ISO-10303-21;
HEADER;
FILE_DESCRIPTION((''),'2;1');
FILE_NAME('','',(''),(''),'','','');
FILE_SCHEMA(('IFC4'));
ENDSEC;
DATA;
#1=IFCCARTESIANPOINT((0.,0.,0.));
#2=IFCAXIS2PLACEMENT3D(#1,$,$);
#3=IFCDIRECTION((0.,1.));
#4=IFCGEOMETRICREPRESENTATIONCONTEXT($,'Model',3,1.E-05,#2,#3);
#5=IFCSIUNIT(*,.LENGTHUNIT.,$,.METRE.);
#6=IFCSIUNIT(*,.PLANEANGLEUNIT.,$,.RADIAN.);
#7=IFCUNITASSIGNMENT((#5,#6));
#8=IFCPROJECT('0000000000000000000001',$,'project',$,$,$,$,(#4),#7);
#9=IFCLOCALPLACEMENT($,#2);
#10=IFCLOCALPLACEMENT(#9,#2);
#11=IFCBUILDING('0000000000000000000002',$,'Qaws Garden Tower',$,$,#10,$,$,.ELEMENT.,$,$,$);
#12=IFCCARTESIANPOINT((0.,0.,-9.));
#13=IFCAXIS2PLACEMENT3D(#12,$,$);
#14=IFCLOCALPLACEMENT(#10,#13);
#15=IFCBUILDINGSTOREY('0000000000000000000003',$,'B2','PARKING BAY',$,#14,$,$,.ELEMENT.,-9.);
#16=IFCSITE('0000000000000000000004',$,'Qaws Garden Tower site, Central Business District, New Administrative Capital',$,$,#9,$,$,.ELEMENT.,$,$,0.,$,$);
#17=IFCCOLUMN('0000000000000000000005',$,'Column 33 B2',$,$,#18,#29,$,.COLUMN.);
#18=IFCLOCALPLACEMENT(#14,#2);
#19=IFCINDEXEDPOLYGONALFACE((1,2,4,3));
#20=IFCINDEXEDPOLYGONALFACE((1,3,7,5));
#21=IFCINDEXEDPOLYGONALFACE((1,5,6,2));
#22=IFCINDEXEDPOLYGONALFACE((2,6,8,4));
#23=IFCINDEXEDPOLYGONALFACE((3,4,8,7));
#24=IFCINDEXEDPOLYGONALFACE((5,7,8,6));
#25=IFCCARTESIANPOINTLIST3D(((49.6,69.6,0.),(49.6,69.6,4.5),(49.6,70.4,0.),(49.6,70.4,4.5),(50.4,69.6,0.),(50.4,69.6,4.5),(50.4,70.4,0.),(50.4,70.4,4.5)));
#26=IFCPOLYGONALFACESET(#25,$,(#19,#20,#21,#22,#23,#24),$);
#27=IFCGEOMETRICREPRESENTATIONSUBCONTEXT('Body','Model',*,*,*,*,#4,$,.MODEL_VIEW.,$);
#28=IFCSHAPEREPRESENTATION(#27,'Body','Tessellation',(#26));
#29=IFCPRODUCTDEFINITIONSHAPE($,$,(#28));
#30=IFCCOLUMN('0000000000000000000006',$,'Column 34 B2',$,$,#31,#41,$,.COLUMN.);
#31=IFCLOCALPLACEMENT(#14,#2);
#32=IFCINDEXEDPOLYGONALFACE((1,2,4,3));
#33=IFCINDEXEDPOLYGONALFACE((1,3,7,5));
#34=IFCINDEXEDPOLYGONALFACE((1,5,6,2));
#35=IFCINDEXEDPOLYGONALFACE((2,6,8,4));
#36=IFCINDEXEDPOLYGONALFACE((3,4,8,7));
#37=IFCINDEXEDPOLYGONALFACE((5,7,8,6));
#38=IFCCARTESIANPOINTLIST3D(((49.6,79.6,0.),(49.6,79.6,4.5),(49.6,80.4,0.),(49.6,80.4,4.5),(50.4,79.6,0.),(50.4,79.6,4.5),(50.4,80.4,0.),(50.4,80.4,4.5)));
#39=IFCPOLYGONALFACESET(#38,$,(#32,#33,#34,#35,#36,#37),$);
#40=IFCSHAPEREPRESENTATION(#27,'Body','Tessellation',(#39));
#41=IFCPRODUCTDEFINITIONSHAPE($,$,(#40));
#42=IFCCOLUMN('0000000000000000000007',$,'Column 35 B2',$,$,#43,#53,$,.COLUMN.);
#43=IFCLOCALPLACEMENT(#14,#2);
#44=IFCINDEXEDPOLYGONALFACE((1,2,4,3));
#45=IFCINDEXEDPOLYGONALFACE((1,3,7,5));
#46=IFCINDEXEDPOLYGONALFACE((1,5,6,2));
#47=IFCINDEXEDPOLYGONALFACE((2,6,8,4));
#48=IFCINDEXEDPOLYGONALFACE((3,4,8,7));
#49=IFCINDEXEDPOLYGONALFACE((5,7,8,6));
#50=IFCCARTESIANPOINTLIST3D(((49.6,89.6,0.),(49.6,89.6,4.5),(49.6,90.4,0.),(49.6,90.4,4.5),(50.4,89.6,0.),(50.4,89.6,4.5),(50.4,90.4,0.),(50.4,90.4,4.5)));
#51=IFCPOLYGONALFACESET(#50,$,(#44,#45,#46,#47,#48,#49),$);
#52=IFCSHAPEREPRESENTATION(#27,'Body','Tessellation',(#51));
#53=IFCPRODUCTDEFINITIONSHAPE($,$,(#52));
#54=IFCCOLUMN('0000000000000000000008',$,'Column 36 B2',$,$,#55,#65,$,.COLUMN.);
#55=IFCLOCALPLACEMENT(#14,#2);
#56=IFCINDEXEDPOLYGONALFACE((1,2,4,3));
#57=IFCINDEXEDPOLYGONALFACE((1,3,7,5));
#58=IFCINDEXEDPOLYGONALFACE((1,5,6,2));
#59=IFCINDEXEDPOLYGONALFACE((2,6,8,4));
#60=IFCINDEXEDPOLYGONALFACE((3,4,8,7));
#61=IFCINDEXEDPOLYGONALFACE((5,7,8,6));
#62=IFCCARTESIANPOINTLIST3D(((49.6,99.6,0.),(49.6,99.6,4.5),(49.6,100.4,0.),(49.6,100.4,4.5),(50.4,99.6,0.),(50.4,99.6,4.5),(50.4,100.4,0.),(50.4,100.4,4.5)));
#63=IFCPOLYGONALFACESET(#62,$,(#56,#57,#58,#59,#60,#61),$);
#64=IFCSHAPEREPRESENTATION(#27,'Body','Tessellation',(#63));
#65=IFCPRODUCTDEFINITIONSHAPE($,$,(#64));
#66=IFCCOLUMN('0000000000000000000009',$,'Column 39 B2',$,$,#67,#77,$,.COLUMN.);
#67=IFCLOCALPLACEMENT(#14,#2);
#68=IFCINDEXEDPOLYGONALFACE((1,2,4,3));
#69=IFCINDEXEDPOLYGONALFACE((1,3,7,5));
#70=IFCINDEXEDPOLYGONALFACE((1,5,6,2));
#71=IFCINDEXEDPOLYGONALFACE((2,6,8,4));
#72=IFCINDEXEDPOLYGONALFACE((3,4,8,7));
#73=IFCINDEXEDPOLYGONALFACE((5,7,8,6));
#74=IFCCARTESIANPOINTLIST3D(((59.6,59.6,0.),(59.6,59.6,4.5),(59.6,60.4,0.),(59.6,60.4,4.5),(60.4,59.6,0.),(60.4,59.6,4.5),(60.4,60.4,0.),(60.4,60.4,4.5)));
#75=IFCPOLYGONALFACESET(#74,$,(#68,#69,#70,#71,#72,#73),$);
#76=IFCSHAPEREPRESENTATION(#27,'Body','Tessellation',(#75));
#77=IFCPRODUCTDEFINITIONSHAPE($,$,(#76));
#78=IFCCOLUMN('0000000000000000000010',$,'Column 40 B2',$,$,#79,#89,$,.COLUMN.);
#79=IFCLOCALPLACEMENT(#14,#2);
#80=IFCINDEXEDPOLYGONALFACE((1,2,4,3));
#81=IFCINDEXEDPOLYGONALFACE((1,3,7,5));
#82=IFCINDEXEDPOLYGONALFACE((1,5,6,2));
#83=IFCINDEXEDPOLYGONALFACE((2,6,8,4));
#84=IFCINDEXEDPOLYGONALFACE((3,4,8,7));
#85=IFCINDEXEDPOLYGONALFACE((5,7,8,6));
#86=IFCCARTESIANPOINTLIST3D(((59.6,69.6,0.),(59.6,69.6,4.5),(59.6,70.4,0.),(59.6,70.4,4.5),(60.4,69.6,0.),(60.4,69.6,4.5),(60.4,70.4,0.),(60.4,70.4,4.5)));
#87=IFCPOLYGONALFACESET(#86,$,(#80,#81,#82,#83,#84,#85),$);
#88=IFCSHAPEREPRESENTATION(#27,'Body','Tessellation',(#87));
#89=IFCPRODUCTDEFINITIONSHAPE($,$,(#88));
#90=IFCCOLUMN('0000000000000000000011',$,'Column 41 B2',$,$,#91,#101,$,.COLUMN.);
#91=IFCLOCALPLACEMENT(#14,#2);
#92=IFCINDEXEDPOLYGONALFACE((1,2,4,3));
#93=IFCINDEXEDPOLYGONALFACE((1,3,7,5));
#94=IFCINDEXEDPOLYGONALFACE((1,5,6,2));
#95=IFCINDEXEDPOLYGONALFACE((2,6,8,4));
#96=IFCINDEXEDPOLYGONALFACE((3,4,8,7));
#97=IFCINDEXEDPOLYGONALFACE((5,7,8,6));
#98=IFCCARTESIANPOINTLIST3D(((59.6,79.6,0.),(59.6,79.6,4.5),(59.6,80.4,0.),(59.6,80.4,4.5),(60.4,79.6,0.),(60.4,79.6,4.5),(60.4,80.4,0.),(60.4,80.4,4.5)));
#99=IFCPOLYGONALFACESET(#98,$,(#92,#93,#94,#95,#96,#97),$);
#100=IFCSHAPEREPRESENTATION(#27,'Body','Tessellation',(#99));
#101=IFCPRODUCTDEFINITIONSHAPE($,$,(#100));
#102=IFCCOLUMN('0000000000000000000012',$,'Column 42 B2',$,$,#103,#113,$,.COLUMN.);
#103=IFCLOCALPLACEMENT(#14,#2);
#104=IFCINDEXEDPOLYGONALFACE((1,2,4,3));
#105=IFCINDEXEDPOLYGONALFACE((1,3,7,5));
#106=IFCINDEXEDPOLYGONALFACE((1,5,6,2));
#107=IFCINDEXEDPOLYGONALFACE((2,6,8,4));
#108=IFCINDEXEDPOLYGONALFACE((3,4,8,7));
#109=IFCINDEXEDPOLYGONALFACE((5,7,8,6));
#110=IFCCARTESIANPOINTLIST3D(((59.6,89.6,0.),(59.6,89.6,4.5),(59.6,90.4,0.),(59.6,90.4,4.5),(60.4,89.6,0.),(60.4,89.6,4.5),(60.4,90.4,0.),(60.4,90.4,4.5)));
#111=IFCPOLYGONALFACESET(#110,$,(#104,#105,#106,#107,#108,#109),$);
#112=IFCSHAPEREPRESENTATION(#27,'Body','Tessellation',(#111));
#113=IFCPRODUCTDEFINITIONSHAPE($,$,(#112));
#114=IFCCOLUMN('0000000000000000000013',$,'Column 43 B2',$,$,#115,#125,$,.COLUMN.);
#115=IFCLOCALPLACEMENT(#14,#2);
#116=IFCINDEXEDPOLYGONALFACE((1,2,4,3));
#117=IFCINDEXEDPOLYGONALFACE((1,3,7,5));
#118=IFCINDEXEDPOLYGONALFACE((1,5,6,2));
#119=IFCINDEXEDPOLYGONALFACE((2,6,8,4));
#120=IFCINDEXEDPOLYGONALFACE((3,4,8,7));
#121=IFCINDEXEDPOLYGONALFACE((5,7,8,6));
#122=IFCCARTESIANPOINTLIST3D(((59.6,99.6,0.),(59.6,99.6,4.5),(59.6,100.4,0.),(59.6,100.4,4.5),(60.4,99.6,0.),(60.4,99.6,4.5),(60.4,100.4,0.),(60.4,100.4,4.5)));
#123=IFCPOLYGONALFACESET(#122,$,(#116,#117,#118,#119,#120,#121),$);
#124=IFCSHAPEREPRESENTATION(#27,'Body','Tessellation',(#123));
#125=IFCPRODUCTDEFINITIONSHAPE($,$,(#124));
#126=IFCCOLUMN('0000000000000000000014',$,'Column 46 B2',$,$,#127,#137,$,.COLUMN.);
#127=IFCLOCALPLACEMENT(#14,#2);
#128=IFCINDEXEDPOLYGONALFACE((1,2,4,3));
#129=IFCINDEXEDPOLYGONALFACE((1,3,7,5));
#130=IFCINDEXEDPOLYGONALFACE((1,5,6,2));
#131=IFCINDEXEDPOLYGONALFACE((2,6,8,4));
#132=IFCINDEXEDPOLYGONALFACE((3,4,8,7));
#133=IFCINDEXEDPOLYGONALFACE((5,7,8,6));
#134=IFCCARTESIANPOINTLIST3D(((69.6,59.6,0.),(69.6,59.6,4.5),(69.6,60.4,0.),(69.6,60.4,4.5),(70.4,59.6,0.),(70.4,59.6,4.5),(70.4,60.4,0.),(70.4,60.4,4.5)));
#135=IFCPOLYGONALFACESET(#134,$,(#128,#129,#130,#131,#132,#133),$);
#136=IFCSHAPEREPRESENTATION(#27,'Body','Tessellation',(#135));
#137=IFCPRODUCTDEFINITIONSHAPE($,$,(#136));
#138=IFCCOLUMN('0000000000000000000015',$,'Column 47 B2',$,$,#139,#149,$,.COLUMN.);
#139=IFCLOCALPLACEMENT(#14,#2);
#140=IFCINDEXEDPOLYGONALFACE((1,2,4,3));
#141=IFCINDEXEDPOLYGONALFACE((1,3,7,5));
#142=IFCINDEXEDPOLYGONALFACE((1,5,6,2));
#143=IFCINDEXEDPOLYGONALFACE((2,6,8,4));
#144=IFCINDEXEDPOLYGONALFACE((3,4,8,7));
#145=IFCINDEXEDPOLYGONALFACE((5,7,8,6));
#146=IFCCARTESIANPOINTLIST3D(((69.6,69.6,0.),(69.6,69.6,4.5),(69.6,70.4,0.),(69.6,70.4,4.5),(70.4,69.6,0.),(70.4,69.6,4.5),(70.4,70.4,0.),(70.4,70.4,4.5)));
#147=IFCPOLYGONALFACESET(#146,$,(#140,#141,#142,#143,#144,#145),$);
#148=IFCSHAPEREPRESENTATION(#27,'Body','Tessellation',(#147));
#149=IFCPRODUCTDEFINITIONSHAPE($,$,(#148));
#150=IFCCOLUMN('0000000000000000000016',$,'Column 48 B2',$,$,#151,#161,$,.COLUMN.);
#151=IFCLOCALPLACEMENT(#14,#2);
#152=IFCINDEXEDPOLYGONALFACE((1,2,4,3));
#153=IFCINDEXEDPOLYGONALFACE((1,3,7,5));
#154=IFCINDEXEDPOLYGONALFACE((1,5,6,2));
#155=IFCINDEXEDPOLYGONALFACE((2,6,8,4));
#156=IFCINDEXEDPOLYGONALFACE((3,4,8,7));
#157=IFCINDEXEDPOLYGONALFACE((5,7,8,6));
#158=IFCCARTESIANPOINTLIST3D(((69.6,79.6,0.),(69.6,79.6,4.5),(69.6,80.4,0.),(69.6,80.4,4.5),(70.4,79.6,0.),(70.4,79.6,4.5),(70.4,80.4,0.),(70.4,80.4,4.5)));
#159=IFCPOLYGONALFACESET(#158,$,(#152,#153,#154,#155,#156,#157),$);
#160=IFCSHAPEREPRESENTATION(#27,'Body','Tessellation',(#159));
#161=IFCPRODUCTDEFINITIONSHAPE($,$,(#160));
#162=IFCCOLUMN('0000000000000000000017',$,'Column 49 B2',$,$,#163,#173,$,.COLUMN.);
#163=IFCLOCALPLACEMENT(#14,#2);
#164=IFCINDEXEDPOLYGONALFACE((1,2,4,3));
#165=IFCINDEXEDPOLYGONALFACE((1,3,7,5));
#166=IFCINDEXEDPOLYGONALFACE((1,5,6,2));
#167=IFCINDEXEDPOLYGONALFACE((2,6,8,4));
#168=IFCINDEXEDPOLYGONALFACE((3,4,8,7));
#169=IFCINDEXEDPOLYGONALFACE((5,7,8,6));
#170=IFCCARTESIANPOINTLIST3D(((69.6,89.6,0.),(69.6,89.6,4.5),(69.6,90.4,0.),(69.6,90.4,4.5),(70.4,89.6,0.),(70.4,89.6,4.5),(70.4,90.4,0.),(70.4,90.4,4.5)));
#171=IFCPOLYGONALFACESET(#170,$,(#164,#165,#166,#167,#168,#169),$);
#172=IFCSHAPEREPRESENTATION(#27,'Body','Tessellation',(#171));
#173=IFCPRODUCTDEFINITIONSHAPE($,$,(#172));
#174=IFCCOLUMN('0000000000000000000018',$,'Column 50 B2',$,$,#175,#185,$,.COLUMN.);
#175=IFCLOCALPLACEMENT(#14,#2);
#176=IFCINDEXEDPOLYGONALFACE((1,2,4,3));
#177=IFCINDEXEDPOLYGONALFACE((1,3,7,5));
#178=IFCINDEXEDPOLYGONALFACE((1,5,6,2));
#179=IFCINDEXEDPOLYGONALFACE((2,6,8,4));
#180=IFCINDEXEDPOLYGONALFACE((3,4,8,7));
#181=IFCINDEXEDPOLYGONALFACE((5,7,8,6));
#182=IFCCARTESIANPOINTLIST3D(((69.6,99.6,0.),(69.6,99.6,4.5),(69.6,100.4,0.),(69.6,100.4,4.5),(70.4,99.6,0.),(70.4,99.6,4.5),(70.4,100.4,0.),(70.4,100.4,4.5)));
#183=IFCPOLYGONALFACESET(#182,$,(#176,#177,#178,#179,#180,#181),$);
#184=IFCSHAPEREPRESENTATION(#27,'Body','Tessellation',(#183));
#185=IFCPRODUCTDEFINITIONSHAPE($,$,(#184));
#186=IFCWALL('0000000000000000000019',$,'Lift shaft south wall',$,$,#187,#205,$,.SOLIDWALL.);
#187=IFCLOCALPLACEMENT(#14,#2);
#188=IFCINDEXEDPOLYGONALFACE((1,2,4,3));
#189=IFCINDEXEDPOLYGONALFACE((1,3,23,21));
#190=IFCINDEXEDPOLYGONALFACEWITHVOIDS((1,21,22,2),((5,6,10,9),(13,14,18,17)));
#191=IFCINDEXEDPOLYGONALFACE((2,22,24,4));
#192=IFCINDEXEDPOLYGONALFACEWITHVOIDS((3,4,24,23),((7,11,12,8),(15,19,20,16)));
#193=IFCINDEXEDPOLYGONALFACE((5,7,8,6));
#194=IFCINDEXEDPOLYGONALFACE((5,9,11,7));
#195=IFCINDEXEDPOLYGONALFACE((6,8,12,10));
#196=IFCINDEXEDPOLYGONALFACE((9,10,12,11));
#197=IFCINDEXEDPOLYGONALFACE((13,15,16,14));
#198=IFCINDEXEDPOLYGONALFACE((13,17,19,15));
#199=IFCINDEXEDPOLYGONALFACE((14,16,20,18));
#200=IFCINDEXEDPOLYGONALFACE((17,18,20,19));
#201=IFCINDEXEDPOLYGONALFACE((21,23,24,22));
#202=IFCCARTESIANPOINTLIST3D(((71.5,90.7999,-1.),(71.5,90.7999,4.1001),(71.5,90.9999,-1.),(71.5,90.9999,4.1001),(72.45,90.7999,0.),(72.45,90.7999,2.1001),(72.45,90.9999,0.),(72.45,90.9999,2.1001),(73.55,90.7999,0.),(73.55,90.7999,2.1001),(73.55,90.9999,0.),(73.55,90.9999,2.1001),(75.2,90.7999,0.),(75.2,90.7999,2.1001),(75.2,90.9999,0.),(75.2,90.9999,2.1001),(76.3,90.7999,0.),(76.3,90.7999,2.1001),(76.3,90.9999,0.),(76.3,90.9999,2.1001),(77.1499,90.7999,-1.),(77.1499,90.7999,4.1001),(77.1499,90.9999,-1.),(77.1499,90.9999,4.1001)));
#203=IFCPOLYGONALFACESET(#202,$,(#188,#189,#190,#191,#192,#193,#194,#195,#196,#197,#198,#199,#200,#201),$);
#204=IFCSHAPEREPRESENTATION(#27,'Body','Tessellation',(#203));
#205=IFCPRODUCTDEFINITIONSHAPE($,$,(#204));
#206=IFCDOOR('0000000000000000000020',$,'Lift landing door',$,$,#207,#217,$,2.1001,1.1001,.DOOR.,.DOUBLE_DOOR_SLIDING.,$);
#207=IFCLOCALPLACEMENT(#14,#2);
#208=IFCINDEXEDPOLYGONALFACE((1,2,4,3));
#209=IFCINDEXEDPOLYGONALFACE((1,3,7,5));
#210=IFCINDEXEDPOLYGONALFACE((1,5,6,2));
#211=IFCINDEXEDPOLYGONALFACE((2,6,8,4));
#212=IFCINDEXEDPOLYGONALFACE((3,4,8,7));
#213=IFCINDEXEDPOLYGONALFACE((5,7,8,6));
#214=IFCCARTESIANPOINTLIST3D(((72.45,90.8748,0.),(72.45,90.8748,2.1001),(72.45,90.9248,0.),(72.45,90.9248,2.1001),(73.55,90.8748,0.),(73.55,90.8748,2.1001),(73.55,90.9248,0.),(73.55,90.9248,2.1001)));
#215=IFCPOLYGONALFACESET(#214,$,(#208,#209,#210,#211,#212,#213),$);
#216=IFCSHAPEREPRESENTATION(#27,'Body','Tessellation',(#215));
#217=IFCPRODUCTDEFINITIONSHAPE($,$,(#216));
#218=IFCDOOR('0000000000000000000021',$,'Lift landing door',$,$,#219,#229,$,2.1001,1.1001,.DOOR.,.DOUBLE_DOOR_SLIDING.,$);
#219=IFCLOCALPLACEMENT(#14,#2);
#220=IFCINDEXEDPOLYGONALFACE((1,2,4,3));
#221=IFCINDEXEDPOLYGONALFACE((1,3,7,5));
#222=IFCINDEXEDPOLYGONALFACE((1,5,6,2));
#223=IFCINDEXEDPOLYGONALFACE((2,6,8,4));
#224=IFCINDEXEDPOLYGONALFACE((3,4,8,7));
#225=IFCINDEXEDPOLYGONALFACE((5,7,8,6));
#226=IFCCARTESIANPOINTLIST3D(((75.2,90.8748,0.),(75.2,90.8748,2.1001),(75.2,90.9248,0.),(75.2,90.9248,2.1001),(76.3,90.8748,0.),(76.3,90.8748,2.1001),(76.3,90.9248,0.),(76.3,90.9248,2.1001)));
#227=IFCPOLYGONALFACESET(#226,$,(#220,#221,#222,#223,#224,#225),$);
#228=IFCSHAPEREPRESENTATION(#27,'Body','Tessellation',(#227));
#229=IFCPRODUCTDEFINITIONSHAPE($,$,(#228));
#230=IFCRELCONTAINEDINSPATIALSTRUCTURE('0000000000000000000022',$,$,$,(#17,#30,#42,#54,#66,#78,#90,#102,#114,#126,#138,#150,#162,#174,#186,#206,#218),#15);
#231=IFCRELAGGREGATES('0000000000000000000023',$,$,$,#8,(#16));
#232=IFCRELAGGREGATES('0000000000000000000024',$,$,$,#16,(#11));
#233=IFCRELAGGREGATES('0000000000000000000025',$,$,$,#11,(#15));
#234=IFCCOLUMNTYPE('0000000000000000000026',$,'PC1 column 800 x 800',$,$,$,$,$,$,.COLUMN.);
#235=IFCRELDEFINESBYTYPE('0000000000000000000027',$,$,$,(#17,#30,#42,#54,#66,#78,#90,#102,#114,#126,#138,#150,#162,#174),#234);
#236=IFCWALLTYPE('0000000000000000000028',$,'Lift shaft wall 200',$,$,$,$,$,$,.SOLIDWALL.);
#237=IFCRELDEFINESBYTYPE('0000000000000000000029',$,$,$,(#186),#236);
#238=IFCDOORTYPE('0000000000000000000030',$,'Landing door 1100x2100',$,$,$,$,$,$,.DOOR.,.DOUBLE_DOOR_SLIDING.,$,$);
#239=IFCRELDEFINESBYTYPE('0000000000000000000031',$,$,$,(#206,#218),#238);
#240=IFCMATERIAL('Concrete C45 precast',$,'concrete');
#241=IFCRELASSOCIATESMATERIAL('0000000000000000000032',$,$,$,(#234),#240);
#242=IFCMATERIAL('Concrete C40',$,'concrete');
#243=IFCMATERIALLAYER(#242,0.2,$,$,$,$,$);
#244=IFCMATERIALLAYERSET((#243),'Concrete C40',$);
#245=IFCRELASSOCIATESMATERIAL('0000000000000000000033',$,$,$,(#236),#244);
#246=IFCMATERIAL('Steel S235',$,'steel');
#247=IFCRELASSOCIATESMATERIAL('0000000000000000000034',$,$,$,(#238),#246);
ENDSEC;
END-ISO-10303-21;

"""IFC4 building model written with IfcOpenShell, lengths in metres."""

from ifc_helpers import new_model, si_unit, direction, frame, frame_2d, origin, origin_2d, place, context, subcontext, project, spatial, rectangle, extrude, material, layer, layer_set, material_profile, profile_set, type_object, element, fill, save


model = new_model("IFC4")

# Units and contexts
model_context = context("Model", 3, precision=1e-05, world=origin(), true_north=direction((0.0, 1.0)))
body_context = subcontext(model_context, "Body", "Model", "MODEL_VIEW")
ifc_project = project(units=[si_unit("LENGTHUNIT", "METRE"), si_unit("PLANEANGLEUNIT", "RADIAN")], contexts=[model_context])

# Site, building, storey
site_placement = place(None, origin())
site = spatial("IfcSite", under=ifc_project, at=site_placement, Name="Qaws Garden Tower site, Central Business District, New Administrative Capital", CompositionType="ELEMENT", RefElevation=0.0)
building_placement = place(site_placement, origin())
building = spatial("IfcBuilding", under=site, at=building_placement, Name="Qaws Garden Tower", CompositionType="ELEMENT")
storey_placement = place(building_placement, frame((0.0, 0.0, -9.0)))
storey = spatial("IfcBuildingStorey", under=building, at=storey_placement, Name="B2", Description="PARKING BAY", CompositionType="ELEMENT", Elevation=-9.0)

# Columns
ifc_material_1 = material(Name="Concrete C45 precast", Category="concrete")
ifc_material_profile = material_profile(ifc_material_1, rectangle(XDim=0.8, YDim=0.8, at=origin_2d()), Name="PC1 column 800 x 800")
ifc_profile_set = profile_set([ifc_material_profile], Name="Concrete C45 precast")
column_type = type_object("IfcColumnType", Name="PC1 column 800 x 800", PredefinedType="COLUMN", material=ifc_profile_set)
for number, where, z_axis, x_axis, name in (
    (1, (50.0, 70.0, 0.0), (0.0, 0.0, 1.0), (1.0, 0.0, 0.0), "Column 33 B2"),
    (2, (50.0, 80.0, 0.0), (0.0, 0.0, 1.0), (1.0, 0.0, 0.0), "Column 34 B2"),
    (3, (50.0, 90.0, 0.0), (0.0, 0.0, 1.0), (1.0, 0.0, 0.0), "Column 35 B2"),
    (4, (50.0, 100.0, 0.0), (0.0, 0.0, 1.0), (1.0, 0.0, 0.0), "Column 36 B2"),
    (5, (60.0, 60.0, 0.0), (0.0, 0.0, 1.0), (1.0, 0.0, 0.0), "Column 39 B2"),
    (6, (60.0, 70.0, 0.0), (0.0, 0.0, 1.0), (1.0, 0.0, 0.0), "Column 40 B2"),
    (7, (60.0, 80.0, 0.0), (0.0, 0.0, 1.0), (1.0, 0.0, 0.0), "Column 41 B2"),
    (8, (60.0, 90.0, 0.0), (0.0, 0.0, 1.0), (1.0, 0.0, 0.0), "Column 42 B2"),
    (9, (60.0, 100.0, 0.0), (0.0, 0.0, 1.0), (1.0, 0.0, 0.0), "Column 43 B2"),
    (10, (70.0, 60.0, 0.0), (0.0, 0.0, 1.0), (1.0, 0.0, 0.0), "Column 46 B2"),
    (11, (70.0, 70.0, 0.0), (0.0, 0.0, 1.0), (1.0, 0.0, 0.0), "Column 47 B2"),
    (12, (70.0, 80.0, 0.0), (0.0, 0.0, 1.0), (1.0, 0.0, 0.0), "Column 48 B2"),
    (13, (70.0, 90.0, 0.0), (0.0, 0.0, 1.0), (1.0, 0.0, 0.0), "Column 49 B2"),
    (14, (70.0, 100.0, 0.0), (0.0, 0.0, 1.0), (1.0, 0.0, 0.0), "Column 50 B2"),
):
    element("IfcColumn", number, at=place(storey_placement, frame(where, z_axis=z_axis, x_axis=x_axis)), inside=storey, type_object=column_type, Name=name, PredefinedType="COLUMN", context=body_context, shape_type="SweptSolid", body=[
        extrude(rectangle(XDim=0.8, YDim=0.8, at=origin_2d()), origin(), (0.0, 0.0, 1.0), 4.5),
    ])

# Wall, openings, doors
ifc_material_2 = material(Name="Concrete C40", Category="concrete")
ifc_layer_1 = layer(ifc_material_2, 0.2)
ifc_layer_set_1 = layer_set([ifc_layer_1], Name="Concrete C40")
wall_type_1 = type_object("IfcWallType", Name="Lift shaft wall 200", PredefinedType="SOLIDWALL", material=ifc_layer_set_1)
wall_1_placement = place(storey_placement, frame((71.5, 90.8999, -1.0), z_axis=(0.0, 0.0, 1.0), x_axis=(1.0, 0.0, 0.0)))
wall_1 = element("IfcWall", 15, at=wall_1_placement, inside=storey, type_object=wall_type_1, Name="Lift shaft south wall", PredefinedType="SOLIDWALL", context=body_context, shape_type="SweptSolid", body=[
    extrude(rectangle(XDim=5.6499, YDim=0.2, at=frame_2d((2.825, 0.0))), origin(), (0.0, 0.0, 1.0), 5.1001),
])
opening_1_placement = place(wall_1_placement, frame((0.95, 0.0, 1.0)))
opening_1 = element("IfcOpeningElement", 16, at=opening_1_placement, cuts=wall_1, PredefinedType="OPENING", context=body_context, shape_type="SweptSolid", body=[
    extrude(rectangle(XDim=1.1001, YDim=2.1001, at=frame_2d((0.55, 1.05))), frame((0.0, 0.1099, 0.0), z_axis=(0.0, -1.0, 0.0), x_axis=(1.0, 0.0, 0.0)), (0.0, 0.0, 1.0), 0.22),
])
opening_2_placement = place(wall_1_placement, frame((3.7, 0.0, 1.0)))
opening_2 = element("IfcOpeningElement", 17, at=opening_2_placement, cuts=wall_1, PredefinedType="OPENING", context=body_context, shape_type="SweptSolid", body=[
    extrude(rectangle(XDim=1.1001, YDim=2.1001, at=frame_2d((0.55, 1.05))), frame((0.0, 0.1099, 0.0), z_axis=(0.0, -1.0, 0.0), x_axis=(1.0, 0.0, 0.0)), (0.0, 0.0, 1.0), 0.22),
])
ifc_material_3 = material(Name="Steel S235", Category="steel")
door_type_1 = type_object("IfcDoorType", Name="Landing door 1100x2100", OperationType="DOUBLE_DOOR_SLIDING", PredefinedType="DOOR", material=ifc_material_3)
door_1_placement = place(opening_1_placement, origin())
door_1 = element("IfcDoor", 18, at=door_1_placement, inside=storey, type_object=door_type_1, Name="Lift landing door", OperationType="DOUBLE_DOOR_SLIDING", OverallHeight=2.1001, OverallWidth=1.1001, PredefinedType="DOOR", context=body_context, shape_type="SweptSolid", body=[
    extrude(rectangle(XDim=1.1001, YDim=2.1001, at=frame_2d((0.55, 1.05))), frame((0.0, 0.0249, 0.0), z_axis=(0.0, -1.0, 0.0), x_axis=(1.0, 0.0, 0.0)), (0.0, 0.0, 1.0), 0.05),
])
fill(opening_1, door_1)
door_2_placement = place(opening_2_placement, origin())
door_2 = element("IfcDoor", 19, at=door_2_placement, inside=storey, type_object=door_type_1, Name="Lift landing door", OperationType="DOUBLE_DOOR_SLIDING", OverallHeight=2.1001, OverallWidth=1.1001, PredefinedType="DOOR", context=body_context, shape_type="SweptSolid", body=[
    extrude(rectangle(XDim=1.1001, YDim=2.1001, at=frame_2d((0.55, 1.05))), frame((0.0, 0.0249, 0.0), z_axis=(0.0, -1.0, 0.0), x_axis=(1.0, 0.0, 0.0)), (0.0, 0.0, 1.0), 0.05),
])
fill(opening_2, door_2)

save(model, "model.ifc")
